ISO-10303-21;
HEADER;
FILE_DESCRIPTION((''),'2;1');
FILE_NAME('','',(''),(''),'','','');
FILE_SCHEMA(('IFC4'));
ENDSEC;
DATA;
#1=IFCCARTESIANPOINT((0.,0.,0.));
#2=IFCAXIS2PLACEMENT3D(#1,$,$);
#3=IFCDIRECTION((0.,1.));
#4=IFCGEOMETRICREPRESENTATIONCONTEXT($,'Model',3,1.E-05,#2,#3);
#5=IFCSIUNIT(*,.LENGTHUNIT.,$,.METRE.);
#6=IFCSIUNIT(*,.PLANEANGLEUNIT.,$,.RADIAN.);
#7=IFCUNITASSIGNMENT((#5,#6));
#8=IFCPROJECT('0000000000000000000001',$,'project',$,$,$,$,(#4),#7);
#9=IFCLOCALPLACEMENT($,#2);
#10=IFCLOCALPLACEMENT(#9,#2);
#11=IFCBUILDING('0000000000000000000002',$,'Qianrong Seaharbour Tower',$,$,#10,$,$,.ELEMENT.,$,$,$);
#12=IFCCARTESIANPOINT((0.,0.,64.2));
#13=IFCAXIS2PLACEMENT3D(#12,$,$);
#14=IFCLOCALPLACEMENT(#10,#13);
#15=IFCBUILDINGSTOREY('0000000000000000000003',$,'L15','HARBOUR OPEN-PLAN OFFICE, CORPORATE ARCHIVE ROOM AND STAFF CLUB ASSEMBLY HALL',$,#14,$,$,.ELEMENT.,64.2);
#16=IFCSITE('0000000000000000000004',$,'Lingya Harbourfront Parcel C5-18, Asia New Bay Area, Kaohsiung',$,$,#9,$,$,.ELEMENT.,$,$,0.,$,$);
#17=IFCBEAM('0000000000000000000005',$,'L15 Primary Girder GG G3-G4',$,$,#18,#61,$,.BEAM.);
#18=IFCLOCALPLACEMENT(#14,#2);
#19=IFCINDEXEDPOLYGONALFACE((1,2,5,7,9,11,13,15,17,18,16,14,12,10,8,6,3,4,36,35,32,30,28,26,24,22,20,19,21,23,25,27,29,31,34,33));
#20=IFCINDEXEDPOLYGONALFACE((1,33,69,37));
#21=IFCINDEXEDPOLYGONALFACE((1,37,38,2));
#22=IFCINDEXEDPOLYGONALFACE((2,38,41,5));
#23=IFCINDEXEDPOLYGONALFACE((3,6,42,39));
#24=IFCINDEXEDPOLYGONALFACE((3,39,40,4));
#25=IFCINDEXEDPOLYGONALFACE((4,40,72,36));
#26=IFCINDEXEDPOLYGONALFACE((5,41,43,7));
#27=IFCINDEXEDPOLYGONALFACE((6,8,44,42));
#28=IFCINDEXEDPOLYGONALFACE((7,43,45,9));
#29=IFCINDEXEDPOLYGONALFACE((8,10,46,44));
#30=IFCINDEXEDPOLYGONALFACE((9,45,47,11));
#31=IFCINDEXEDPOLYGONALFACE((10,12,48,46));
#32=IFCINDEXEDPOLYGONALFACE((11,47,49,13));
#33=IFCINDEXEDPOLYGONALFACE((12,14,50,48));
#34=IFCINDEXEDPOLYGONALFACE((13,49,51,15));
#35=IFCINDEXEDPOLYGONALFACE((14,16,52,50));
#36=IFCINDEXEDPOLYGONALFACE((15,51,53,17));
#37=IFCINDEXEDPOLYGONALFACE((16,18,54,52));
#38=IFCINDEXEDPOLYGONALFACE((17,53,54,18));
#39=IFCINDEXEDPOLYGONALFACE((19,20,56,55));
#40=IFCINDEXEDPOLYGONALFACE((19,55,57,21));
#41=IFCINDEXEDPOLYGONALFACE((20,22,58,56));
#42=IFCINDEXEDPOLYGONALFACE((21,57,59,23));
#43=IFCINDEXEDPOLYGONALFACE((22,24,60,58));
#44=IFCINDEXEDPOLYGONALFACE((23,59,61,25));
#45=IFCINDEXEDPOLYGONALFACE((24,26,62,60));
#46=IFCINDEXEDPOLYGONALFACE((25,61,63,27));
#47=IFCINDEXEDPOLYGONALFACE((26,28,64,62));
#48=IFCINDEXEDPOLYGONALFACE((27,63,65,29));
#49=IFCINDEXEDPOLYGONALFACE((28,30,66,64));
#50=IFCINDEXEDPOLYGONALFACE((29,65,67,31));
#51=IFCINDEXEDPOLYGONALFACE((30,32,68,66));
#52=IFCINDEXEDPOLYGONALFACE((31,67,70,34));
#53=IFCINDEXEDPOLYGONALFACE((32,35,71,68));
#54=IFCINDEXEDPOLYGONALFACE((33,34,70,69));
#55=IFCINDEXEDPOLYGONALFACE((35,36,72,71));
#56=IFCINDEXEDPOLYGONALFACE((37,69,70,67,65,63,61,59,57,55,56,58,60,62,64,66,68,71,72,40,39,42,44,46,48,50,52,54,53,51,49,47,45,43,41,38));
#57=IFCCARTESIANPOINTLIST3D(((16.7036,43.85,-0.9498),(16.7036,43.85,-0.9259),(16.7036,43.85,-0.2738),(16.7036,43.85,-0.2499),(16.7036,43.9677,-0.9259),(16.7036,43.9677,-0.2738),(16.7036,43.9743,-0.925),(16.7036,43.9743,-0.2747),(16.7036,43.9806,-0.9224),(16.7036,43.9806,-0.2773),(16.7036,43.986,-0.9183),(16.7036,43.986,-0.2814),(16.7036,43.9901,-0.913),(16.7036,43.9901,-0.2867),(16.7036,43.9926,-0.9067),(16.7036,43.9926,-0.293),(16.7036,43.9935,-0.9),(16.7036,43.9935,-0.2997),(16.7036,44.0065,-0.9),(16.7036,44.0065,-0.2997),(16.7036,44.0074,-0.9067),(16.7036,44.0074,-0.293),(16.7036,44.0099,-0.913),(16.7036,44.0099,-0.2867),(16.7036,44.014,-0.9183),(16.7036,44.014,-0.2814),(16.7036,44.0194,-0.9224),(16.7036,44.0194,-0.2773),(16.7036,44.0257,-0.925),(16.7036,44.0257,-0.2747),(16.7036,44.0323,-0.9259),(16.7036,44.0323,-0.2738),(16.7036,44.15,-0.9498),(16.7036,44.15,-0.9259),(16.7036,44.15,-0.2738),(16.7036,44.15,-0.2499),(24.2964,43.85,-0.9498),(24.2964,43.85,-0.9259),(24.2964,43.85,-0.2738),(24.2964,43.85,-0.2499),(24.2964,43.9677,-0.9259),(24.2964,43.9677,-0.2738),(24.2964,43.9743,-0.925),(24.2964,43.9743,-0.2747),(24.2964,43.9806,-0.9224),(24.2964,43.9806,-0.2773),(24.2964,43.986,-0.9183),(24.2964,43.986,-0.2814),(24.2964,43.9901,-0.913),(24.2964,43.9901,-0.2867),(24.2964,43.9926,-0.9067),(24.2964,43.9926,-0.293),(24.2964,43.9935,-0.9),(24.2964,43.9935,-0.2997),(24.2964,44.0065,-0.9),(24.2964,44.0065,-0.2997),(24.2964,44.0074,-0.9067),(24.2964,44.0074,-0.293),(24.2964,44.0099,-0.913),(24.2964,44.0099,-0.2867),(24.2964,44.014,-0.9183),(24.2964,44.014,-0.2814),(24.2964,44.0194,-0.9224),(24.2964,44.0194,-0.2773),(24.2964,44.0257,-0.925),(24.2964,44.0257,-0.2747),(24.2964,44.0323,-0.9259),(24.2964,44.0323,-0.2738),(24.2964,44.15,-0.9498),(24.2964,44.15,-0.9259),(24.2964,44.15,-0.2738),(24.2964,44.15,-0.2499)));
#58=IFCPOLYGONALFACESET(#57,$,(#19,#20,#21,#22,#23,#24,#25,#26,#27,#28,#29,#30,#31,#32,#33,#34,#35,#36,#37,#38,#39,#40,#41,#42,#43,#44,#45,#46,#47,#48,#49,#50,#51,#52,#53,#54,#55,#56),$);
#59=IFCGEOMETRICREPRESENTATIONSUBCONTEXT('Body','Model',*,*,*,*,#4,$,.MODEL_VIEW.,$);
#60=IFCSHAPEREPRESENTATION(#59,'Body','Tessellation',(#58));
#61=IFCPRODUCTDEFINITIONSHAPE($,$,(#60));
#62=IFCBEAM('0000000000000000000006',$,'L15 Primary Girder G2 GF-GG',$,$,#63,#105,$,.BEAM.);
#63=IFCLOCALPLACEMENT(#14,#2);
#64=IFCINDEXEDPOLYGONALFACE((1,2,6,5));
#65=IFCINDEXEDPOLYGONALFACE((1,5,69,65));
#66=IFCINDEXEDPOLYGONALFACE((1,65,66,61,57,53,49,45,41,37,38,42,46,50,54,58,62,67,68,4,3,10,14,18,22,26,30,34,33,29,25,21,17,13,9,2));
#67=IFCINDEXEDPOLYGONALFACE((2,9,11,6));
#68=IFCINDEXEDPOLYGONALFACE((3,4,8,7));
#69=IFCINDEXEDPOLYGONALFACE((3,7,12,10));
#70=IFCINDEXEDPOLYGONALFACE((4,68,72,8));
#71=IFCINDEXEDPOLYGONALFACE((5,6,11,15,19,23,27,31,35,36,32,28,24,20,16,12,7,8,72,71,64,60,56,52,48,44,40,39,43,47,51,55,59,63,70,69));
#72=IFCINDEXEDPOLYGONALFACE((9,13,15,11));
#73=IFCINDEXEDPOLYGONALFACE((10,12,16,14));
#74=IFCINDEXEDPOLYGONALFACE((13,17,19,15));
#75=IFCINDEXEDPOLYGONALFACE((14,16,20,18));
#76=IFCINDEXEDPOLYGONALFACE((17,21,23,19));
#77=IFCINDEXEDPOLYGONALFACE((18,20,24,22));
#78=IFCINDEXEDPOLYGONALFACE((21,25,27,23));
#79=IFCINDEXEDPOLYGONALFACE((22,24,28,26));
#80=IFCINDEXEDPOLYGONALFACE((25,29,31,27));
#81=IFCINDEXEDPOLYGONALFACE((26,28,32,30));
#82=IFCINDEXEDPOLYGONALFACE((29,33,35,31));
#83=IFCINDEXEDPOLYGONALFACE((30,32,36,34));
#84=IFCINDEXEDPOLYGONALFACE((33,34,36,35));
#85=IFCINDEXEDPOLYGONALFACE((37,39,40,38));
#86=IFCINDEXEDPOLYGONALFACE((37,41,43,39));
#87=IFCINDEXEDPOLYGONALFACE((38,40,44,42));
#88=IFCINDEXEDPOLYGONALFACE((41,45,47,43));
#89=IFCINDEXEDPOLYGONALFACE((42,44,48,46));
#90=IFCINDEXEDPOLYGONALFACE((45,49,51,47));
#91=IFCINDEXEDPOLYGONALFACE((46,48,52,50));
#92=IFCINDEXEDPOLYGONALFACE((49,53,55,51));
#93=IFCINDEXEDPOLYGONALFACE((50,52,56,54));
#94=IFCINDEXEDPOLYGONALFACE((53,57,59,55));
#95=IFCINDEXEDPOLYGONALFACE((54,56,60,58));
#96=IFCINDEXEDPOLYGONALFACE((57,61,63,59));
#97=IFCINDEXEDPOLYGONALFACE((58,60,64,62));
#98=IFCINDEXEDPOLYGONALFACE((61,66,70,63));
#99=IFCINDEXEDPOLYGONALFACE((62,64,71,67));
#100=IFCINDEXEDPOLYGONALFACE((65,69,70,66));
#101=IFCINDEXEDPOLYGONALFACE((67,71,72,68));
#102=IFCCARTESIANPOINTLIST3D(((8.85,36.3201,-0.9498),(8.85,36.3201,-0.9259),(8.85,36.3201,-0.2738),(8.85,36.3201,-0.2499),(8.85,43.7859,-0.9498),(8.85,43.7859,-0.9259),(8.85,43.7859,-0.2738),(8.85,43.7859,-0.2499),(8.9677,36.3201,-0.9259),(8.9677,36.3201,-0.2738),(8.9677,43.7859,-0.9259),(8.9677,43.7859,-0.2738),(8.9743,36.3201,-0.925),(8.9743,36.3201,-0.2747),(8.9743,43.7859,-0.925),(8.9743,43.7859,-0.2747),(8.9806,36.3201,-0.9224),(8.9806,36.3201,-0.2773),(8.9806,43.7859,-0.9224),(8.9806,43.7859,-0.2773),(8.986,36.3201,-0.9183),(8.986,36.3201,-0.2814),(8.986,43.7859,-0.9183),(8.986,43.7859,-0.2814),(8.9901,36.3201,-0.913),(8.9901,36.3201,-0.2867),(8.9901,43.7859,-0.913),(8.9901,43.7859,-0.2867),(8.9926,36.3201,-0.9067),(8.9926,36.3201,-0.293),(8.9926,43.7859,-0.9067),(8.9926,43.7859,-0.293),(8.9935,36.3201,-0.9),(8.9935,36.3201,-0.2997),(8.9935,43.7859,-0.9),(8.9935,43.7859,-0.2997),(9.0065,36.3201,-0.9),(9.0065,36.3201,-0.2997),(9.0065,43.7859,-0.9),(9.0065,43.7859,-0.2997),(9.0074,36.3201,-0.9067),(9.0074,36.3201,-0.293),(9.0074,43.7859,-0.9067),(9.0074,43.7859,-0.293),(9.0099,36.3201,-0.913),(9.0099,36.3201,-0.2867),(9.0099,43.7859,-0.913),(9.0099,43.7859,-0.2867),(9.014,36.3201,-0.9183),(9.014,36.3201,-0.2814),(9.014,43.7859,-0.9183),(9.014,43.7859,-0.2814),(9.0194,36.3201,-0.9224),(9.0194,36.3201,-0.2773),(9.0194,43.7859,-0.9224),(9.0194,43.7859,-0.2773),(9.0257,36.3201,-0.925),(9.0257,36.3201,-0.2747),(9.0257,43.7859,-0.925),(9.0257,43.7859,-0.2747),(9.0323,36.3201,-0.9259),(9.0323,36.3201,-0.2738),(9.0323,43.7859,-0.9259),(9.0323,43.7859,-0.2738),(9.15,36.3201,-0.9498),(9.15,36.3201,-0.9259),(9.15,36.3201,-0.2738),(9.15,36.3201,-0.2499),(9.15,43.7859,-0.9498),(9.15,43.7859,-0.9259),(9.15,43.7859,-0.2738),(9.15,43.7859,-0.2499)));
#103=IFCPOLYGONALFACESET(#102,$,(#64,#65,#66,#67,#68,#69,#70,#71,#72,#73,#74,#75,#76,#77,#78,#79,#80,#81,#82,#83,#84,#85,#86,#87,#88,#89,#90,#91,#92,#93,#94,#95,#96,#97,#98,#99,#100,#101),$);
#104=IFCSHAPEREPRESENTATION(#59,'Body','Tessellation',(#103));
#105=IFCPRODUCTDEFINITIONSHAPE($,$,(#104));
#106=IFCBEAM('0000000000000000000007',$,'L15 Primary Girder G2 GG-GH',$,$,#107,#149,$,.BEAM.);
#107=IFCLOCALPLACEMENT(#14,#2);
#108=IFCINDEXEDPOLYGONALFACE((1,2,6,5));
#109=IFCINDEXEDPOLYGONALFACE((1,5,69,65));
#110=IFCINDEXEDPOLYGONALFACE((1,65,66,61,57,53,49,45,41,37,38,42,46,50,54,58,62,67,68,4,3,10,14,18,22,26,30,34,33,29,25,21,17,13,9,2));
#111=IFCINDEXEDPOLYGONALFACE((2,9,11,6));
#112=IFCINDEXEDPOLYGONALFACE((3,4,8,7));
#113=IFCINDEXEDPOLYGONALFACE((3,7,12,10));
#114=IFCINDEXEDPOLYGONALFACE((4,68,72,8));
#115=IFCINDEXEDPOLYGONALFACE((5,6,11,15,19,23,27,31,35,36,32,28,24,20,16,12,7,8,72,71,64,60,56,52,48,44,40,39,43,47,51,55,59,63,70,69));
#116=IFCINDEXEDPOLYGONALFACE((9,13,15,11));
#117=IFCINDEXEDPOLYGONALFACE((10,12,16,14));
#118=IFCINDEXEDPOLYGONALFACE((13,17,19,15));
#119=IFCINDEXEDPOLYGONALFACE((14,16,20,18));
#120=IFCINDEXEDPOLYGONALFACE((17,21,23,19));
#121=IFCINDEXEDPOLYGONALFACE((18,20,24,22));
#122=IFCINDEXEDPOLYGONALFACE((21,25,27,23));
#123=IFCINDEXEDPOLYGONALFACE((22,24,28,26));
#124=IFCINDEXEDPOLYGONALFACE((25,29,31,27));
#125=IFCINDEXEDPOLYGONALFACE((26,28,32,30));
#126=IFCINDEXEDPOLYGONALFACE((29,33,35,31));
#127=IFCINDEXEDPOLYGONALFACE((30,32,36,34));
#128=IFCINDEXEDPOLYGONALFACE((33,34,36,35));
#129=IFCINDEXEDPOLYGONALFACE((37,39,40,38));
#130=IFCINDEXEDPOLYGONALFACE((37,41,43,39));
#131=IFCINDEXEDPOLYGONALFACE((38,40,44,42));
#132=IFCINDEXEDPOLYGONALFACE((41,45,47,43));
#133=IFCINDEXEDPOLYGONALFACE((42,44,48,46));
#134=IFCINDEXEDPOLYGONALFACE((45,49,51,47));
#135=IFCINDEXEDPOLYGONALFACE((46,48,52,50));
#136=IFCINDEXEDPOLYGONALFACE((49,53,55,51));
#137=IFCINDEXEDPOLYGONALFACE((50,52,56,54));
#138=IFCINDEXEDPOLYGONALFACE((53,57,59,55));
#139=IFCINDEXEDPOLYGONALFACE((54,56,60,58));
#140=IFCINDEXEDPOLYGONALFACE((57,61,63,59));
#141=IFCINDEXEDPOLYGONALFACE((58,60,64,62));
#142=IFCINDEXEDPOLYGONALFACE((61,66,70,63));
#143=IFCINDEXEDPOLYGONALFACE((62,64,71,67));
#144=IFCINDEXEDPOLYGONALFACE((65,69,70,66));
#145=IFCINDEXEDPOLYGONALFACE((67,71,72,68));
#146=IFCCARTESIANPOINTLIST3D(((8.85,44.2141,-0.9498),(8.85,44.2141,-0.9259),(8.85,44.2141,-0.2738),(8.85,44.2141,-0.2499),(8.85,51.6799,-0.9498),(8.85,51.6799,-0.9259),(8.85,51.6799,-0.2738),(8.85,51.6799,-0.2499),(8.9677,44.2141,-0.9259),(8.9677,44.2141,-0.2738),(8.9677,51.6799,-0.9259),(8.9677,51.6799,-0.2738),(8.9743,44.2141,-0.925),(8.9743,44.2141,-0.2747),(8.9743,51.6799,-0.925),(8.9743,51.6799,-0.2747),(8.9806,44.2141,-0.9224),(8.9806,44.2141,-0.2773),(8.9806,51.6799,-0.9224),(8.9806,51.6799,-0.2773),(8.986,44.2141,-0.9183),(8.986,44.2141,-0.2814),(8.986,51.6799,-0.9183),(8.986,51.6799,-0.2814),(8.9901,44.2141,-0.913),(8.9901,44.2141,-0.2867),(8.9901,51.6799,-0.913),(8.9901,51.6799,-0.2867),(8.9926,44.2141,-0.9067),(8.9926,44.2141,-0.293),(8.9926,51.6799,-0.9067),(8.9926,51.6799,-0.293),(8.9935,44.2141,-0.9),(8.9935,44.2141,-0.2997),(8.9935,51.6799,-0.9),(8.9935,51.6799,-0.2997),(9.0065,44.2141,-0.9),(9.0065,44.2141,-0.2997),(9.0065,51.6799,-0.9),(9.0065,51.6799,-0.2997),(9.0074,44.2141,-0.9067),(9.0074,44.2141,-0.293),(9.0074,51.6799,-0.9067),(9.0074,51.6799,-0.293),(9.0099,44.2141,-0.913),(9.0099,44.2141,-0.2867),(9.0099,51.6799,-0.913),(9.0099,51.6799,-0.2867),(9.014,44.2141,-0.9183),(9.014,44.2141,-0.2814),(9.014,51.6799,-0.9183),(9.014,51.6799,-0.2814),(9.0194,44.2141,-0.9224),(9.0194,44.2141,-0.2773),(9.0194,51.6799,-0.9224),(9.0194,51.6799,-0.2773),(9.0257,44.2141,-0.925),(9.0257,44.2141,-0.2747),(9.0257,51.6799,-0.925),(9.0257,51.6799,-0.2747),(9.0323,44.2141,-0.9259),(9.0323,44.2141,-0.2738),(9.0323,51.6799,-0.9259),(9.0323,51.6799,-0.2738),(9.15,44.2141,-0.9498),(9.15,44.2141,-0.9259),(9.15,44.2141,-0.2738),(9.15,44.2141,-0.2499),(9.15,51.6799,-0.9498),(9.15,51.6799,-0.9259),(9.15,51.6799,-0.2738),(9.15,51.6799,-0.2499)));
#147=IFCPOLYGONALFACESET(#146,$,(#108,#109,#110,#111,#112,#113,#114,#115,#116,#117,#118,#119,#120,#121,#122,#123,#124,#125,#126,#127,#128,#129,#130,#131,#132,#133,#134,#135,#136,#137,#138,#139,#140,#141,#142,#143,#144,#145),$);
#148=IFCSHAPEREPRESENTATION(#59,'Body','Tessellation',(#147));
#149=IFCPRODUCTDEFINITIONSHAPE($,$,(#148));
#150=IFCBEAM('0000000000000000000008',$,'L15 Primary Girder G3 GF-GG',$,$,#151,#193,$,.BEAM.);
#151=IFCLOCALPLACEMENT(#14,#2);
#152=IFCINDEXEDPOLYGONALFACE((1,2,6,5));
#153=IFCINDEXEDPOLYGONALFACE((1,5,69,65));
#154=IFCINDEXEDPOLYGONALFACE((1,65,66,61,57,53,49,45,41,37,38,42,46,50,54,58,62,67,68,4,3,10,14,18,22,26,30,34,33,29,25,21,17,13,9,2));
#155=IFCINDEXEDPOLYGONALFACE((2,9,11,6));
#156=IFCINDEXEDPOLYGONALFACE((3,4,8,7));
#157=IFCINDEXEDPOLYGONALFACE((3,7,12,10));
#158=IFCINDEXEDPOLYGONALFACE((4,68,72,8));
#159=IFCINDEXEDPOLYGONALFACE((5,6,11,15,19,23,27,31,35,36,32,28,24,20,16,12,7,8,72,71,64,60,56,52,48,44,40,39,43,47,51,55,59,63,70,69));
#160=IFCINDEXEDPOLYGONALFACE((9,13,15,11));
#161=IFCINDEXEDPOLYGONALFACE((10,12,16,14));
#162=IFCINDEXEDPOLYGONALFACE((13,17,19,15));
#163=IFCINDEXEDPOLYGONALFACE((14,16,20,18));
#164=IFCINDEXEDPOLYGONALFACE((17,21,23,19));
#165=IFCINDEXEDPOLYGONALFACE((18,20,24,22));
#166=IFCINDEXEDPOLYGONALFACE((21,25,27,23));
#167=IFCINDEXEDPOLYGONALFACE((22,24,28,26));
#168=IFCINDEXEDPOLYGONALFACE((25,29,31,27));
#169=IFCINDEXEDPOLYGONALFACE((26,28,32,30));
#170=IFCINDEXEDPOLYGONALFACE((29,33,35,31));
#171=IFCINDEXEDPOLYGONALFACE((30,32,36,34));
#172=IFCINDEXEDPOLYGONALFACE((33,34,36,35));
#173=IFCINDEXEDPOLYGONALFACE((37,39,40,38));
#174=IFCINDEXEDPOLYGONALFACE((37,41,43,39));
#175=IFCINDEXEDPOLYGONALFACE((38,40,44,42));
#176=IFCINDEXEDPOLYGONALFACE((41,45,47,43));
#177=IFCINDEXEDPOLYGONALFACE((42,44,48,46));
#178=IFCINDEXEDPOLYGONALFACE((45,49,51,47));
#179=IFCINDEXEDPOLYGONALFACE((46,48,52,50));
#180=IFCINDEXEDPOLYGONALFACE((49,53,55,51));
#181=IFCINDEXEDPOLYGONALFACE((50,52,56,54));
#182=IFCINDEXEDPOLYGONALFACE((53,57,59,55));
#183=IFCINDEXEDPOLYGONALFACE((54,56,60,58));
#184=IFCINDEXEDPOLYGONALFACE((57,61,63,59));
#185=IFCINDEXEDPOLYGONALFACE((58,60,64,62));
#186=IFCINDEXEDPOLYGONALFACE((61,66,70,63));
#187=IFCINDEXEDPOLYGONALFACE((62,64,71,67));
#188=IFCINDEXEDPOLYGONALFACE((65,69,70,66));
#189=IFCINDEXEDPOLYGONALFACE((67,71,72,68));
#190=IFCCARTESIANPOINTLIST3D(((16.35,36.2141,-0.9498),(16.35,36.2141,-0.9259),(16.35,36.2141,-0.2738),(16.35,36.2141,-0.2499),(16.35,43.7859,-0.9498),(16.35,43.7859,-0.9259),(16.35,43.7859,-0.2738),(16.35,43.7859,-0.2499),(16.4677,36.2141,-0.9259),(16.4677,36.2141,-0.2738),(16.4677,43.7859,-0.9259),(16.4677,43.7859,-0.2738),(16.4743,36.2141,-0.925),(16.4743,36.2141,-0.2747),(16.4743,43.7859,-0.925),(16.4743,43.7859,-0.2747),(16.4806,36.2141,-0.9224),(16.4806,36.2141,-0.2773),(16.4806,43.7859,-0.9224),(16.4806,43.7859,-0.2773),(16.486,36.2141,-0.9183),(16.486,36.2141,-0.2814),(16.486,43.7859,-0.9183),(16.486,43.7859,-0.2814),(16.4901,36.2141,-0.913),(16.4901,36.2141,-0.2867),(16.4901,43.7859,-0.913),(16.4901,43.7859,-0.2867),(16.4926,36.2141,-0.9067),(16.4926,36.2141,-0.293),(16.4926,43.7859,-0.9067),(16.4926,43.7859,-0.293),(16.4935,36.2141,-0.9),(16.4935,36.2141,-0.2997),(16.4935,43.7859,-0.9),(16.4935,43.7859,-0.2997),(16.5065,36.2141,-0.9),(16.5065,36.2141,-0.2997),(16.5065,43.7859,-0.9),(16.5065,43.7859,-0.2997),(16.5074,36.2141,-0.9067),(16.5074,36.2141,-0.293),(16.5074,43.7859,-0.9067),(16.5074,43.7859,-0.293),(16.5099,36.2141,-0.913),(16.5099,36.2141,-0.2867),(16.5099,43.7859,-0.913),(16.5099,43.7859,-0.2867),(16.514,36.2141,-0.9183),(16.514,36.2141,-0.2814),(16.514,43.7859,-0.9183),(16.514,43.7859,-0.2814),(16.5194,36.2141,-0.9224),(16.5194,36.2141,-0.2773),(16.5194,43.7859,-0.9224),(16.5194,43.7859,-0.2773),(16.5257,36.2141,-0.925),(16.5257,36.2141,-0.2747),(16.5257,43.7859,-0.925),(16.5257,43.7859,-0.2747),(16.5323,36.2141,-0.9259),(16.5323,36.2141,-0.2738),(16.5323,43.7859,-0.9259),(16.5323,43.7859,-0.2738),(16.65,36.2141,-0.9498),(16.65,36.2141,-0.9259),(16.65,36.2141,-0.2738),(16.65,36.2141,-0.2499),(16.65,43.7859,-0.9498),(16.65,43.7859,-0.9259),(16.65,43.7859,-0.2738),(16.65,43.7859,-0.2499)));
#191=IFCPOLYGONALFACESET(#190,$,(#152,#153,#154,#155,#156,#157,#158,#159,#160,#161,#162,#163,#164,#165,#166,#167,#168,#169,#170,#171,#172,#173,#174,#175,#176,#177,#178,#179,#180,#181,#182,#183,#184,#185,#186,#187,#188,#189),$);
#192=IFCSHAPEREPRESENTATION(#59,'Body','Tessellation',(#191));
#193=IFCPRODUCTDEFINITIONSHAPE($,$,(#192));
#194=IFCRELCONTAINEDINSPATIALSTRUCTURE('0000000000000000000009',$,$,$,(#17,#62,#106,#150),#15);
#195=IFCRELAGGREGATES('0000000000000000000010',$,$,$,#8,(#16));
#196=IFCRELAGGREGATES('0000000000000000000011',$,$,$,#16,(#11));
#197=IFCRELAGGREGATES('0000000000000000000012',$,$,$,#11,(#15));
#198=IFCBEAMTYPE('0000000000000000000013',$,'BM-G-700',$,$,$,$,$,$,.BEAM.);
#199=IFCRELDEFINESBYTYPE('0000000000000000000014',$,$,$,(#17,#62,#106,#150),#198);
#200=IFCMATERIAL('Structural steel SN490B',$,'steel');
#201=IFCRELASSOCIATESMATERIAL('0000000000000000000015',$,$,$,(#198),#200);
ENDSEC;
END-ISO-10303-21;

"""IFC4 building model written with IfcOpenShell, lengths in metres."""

from ifc_helpers import new_model, si_unit, direction, frame, origin, origin_2d, place, context, subcontext, project, spatial, i_section, extrude, material, material_profile, profile_set, type_object, element, save


model = new_model("IFC4")

# Units and contexts
model_context = context("Model", 3, precision=1e-05, world=origin(), true_north=direction((0.0, 1.0)))
body_context = subcontext(model_context, "Body", "Model", "MODEL_VIEW")
ifc_project = project(units=[si_unit("LENGTHUNIT", "METRE"), si_unit("PLANEANGLEUNIT", "RADIAN")], contexts=[model_context])

# Site, building, storey
site_placement = place(None, origin())
site = spatial("IfcSite", under=ifc_project, at=site_placement, Name="Lingya Harbourfront Parcel C5-18, Asia New Bay Area, Kaohsiung", CompositionType="ELEMENT", RefElevation=0.0)
building_placement = place(site_placement, origin())
building = spatial("IfcBuilding", under=site, at=building_placement, Name="Qianrong Seaharbour Tower", CompositionType="ELEMENT")
storey_placement = place(building_placement, frame((0.0, 0.0, 64.2)))
storey = spatial("IfcBuildingStorey", under=building, at=storey_placement, Name="L15", Description="HARBOUR OPEN-PLAN OFFICE, CORPORATE ARCHIVE ROOM AND STAFF CLUB ASSEMBLY HALL", CompositionType="ELEMENT", Elevation=64.2)

# Shared definitions
ifc_material_1 = material(Name="Structural steel SN490B", Category="steel")

# Beams
ifc_material_profile_1 = material_profile(ifc_material_1, i_section(OverallWidth=0.3, OverallDepth=0.7, WebThickness=0.0129, FlangeThickness=0.0239, FilletRadius=0.0259, at=origin_2d()), Name="H700x300x13x24")
ifc_profile_set_1 = profile_set([ifc_material_profile_1], Name="Structural steel SN490B")
beam_type_1 = type_object("IfcBeamType", Name="BM-G-700", PredefinedType="BEAM", material=ifc_profile_set_1)
beam_1_placement = place(storey_placement, frame((16.7036, 44.0, -0.5999), z_axis=(1.0, 0.0, 0.0), x_axis=(0.0, 1.0, 0.0)))
element("IfcBeam", 1, at=beam_1_placement, inside=storey, type_object=beam_type_1, Name="L15 Primary Girder GG G3-G4", PredefinedType="BEAM", context=body_context, shape_type="SweptSolid", body=[
    extrude(i_section(OverallWidth=0.3, OverallDepth=0.7, WebThickness=0.0129, FlangeThickness=0.0239, FilletRadius=0.0259, at=origin_2d()), origin(), (0.0, 0.0, 1.0), 7.5928),
])
for number, where, z_axis, x_axis, name in (
    (2, (9.0, 36.3201, -0.5999), (0.0, 1.0, 0.0), (-1.0, 0.0, 0.0), "L15 Primary Girder G2 GF-GG"),
    (3, (9.0, 44.2141, -0.5999), (0.0, 1.0, 0.0), (-1.0, 0.0, 0.0), "L15 Primary Girder G2 GG-GH"),
):
    element("IfcBeam", number, at=place(storey_placement, frame(where, z_axis=z_axis, x_axis=x_axis)), inside=storey, type_object=beam_type_1, Name=name, PredefinedType="BEAM", context=body_context, shape_type="SweptSolid", body=[
        extrude(i_section(OverallWidth=0.3, OverallDepth=0.7, WebThickness=0.0129, FlangeThickness=0.0239, FilletRadius=0.0259, at=origin_2d()), origin(), (0.0, 0.0, 1.0), 7.4658),
    ])
beam_2_placement = place(storey_placement, frame((16.5, 36.2141, -0.5999), z_axis=(0.0, 1.0, 0.0), x_axis=(-1.0, 0.0, 0.0)))
element("IfcBeam", 4, at=beam_2_placement, inside=storey, type_object=beam_type_1, Name="L15 Primary Girder G3 GF-GG", PredefinedType="BEAM", context=body_context, shape_type="SweptSolid", body=[
    extrude(i_section(OverallWidth=0.3, OverallDepth=0.7, WebThickness=0.0129, FlangeThickness=0.0239, FilletRadius=0.0259, at=origin_2d()), origin(), (0.0, 0.0, 1.0), 7.5718),
])

save(model, "model.ifc")
